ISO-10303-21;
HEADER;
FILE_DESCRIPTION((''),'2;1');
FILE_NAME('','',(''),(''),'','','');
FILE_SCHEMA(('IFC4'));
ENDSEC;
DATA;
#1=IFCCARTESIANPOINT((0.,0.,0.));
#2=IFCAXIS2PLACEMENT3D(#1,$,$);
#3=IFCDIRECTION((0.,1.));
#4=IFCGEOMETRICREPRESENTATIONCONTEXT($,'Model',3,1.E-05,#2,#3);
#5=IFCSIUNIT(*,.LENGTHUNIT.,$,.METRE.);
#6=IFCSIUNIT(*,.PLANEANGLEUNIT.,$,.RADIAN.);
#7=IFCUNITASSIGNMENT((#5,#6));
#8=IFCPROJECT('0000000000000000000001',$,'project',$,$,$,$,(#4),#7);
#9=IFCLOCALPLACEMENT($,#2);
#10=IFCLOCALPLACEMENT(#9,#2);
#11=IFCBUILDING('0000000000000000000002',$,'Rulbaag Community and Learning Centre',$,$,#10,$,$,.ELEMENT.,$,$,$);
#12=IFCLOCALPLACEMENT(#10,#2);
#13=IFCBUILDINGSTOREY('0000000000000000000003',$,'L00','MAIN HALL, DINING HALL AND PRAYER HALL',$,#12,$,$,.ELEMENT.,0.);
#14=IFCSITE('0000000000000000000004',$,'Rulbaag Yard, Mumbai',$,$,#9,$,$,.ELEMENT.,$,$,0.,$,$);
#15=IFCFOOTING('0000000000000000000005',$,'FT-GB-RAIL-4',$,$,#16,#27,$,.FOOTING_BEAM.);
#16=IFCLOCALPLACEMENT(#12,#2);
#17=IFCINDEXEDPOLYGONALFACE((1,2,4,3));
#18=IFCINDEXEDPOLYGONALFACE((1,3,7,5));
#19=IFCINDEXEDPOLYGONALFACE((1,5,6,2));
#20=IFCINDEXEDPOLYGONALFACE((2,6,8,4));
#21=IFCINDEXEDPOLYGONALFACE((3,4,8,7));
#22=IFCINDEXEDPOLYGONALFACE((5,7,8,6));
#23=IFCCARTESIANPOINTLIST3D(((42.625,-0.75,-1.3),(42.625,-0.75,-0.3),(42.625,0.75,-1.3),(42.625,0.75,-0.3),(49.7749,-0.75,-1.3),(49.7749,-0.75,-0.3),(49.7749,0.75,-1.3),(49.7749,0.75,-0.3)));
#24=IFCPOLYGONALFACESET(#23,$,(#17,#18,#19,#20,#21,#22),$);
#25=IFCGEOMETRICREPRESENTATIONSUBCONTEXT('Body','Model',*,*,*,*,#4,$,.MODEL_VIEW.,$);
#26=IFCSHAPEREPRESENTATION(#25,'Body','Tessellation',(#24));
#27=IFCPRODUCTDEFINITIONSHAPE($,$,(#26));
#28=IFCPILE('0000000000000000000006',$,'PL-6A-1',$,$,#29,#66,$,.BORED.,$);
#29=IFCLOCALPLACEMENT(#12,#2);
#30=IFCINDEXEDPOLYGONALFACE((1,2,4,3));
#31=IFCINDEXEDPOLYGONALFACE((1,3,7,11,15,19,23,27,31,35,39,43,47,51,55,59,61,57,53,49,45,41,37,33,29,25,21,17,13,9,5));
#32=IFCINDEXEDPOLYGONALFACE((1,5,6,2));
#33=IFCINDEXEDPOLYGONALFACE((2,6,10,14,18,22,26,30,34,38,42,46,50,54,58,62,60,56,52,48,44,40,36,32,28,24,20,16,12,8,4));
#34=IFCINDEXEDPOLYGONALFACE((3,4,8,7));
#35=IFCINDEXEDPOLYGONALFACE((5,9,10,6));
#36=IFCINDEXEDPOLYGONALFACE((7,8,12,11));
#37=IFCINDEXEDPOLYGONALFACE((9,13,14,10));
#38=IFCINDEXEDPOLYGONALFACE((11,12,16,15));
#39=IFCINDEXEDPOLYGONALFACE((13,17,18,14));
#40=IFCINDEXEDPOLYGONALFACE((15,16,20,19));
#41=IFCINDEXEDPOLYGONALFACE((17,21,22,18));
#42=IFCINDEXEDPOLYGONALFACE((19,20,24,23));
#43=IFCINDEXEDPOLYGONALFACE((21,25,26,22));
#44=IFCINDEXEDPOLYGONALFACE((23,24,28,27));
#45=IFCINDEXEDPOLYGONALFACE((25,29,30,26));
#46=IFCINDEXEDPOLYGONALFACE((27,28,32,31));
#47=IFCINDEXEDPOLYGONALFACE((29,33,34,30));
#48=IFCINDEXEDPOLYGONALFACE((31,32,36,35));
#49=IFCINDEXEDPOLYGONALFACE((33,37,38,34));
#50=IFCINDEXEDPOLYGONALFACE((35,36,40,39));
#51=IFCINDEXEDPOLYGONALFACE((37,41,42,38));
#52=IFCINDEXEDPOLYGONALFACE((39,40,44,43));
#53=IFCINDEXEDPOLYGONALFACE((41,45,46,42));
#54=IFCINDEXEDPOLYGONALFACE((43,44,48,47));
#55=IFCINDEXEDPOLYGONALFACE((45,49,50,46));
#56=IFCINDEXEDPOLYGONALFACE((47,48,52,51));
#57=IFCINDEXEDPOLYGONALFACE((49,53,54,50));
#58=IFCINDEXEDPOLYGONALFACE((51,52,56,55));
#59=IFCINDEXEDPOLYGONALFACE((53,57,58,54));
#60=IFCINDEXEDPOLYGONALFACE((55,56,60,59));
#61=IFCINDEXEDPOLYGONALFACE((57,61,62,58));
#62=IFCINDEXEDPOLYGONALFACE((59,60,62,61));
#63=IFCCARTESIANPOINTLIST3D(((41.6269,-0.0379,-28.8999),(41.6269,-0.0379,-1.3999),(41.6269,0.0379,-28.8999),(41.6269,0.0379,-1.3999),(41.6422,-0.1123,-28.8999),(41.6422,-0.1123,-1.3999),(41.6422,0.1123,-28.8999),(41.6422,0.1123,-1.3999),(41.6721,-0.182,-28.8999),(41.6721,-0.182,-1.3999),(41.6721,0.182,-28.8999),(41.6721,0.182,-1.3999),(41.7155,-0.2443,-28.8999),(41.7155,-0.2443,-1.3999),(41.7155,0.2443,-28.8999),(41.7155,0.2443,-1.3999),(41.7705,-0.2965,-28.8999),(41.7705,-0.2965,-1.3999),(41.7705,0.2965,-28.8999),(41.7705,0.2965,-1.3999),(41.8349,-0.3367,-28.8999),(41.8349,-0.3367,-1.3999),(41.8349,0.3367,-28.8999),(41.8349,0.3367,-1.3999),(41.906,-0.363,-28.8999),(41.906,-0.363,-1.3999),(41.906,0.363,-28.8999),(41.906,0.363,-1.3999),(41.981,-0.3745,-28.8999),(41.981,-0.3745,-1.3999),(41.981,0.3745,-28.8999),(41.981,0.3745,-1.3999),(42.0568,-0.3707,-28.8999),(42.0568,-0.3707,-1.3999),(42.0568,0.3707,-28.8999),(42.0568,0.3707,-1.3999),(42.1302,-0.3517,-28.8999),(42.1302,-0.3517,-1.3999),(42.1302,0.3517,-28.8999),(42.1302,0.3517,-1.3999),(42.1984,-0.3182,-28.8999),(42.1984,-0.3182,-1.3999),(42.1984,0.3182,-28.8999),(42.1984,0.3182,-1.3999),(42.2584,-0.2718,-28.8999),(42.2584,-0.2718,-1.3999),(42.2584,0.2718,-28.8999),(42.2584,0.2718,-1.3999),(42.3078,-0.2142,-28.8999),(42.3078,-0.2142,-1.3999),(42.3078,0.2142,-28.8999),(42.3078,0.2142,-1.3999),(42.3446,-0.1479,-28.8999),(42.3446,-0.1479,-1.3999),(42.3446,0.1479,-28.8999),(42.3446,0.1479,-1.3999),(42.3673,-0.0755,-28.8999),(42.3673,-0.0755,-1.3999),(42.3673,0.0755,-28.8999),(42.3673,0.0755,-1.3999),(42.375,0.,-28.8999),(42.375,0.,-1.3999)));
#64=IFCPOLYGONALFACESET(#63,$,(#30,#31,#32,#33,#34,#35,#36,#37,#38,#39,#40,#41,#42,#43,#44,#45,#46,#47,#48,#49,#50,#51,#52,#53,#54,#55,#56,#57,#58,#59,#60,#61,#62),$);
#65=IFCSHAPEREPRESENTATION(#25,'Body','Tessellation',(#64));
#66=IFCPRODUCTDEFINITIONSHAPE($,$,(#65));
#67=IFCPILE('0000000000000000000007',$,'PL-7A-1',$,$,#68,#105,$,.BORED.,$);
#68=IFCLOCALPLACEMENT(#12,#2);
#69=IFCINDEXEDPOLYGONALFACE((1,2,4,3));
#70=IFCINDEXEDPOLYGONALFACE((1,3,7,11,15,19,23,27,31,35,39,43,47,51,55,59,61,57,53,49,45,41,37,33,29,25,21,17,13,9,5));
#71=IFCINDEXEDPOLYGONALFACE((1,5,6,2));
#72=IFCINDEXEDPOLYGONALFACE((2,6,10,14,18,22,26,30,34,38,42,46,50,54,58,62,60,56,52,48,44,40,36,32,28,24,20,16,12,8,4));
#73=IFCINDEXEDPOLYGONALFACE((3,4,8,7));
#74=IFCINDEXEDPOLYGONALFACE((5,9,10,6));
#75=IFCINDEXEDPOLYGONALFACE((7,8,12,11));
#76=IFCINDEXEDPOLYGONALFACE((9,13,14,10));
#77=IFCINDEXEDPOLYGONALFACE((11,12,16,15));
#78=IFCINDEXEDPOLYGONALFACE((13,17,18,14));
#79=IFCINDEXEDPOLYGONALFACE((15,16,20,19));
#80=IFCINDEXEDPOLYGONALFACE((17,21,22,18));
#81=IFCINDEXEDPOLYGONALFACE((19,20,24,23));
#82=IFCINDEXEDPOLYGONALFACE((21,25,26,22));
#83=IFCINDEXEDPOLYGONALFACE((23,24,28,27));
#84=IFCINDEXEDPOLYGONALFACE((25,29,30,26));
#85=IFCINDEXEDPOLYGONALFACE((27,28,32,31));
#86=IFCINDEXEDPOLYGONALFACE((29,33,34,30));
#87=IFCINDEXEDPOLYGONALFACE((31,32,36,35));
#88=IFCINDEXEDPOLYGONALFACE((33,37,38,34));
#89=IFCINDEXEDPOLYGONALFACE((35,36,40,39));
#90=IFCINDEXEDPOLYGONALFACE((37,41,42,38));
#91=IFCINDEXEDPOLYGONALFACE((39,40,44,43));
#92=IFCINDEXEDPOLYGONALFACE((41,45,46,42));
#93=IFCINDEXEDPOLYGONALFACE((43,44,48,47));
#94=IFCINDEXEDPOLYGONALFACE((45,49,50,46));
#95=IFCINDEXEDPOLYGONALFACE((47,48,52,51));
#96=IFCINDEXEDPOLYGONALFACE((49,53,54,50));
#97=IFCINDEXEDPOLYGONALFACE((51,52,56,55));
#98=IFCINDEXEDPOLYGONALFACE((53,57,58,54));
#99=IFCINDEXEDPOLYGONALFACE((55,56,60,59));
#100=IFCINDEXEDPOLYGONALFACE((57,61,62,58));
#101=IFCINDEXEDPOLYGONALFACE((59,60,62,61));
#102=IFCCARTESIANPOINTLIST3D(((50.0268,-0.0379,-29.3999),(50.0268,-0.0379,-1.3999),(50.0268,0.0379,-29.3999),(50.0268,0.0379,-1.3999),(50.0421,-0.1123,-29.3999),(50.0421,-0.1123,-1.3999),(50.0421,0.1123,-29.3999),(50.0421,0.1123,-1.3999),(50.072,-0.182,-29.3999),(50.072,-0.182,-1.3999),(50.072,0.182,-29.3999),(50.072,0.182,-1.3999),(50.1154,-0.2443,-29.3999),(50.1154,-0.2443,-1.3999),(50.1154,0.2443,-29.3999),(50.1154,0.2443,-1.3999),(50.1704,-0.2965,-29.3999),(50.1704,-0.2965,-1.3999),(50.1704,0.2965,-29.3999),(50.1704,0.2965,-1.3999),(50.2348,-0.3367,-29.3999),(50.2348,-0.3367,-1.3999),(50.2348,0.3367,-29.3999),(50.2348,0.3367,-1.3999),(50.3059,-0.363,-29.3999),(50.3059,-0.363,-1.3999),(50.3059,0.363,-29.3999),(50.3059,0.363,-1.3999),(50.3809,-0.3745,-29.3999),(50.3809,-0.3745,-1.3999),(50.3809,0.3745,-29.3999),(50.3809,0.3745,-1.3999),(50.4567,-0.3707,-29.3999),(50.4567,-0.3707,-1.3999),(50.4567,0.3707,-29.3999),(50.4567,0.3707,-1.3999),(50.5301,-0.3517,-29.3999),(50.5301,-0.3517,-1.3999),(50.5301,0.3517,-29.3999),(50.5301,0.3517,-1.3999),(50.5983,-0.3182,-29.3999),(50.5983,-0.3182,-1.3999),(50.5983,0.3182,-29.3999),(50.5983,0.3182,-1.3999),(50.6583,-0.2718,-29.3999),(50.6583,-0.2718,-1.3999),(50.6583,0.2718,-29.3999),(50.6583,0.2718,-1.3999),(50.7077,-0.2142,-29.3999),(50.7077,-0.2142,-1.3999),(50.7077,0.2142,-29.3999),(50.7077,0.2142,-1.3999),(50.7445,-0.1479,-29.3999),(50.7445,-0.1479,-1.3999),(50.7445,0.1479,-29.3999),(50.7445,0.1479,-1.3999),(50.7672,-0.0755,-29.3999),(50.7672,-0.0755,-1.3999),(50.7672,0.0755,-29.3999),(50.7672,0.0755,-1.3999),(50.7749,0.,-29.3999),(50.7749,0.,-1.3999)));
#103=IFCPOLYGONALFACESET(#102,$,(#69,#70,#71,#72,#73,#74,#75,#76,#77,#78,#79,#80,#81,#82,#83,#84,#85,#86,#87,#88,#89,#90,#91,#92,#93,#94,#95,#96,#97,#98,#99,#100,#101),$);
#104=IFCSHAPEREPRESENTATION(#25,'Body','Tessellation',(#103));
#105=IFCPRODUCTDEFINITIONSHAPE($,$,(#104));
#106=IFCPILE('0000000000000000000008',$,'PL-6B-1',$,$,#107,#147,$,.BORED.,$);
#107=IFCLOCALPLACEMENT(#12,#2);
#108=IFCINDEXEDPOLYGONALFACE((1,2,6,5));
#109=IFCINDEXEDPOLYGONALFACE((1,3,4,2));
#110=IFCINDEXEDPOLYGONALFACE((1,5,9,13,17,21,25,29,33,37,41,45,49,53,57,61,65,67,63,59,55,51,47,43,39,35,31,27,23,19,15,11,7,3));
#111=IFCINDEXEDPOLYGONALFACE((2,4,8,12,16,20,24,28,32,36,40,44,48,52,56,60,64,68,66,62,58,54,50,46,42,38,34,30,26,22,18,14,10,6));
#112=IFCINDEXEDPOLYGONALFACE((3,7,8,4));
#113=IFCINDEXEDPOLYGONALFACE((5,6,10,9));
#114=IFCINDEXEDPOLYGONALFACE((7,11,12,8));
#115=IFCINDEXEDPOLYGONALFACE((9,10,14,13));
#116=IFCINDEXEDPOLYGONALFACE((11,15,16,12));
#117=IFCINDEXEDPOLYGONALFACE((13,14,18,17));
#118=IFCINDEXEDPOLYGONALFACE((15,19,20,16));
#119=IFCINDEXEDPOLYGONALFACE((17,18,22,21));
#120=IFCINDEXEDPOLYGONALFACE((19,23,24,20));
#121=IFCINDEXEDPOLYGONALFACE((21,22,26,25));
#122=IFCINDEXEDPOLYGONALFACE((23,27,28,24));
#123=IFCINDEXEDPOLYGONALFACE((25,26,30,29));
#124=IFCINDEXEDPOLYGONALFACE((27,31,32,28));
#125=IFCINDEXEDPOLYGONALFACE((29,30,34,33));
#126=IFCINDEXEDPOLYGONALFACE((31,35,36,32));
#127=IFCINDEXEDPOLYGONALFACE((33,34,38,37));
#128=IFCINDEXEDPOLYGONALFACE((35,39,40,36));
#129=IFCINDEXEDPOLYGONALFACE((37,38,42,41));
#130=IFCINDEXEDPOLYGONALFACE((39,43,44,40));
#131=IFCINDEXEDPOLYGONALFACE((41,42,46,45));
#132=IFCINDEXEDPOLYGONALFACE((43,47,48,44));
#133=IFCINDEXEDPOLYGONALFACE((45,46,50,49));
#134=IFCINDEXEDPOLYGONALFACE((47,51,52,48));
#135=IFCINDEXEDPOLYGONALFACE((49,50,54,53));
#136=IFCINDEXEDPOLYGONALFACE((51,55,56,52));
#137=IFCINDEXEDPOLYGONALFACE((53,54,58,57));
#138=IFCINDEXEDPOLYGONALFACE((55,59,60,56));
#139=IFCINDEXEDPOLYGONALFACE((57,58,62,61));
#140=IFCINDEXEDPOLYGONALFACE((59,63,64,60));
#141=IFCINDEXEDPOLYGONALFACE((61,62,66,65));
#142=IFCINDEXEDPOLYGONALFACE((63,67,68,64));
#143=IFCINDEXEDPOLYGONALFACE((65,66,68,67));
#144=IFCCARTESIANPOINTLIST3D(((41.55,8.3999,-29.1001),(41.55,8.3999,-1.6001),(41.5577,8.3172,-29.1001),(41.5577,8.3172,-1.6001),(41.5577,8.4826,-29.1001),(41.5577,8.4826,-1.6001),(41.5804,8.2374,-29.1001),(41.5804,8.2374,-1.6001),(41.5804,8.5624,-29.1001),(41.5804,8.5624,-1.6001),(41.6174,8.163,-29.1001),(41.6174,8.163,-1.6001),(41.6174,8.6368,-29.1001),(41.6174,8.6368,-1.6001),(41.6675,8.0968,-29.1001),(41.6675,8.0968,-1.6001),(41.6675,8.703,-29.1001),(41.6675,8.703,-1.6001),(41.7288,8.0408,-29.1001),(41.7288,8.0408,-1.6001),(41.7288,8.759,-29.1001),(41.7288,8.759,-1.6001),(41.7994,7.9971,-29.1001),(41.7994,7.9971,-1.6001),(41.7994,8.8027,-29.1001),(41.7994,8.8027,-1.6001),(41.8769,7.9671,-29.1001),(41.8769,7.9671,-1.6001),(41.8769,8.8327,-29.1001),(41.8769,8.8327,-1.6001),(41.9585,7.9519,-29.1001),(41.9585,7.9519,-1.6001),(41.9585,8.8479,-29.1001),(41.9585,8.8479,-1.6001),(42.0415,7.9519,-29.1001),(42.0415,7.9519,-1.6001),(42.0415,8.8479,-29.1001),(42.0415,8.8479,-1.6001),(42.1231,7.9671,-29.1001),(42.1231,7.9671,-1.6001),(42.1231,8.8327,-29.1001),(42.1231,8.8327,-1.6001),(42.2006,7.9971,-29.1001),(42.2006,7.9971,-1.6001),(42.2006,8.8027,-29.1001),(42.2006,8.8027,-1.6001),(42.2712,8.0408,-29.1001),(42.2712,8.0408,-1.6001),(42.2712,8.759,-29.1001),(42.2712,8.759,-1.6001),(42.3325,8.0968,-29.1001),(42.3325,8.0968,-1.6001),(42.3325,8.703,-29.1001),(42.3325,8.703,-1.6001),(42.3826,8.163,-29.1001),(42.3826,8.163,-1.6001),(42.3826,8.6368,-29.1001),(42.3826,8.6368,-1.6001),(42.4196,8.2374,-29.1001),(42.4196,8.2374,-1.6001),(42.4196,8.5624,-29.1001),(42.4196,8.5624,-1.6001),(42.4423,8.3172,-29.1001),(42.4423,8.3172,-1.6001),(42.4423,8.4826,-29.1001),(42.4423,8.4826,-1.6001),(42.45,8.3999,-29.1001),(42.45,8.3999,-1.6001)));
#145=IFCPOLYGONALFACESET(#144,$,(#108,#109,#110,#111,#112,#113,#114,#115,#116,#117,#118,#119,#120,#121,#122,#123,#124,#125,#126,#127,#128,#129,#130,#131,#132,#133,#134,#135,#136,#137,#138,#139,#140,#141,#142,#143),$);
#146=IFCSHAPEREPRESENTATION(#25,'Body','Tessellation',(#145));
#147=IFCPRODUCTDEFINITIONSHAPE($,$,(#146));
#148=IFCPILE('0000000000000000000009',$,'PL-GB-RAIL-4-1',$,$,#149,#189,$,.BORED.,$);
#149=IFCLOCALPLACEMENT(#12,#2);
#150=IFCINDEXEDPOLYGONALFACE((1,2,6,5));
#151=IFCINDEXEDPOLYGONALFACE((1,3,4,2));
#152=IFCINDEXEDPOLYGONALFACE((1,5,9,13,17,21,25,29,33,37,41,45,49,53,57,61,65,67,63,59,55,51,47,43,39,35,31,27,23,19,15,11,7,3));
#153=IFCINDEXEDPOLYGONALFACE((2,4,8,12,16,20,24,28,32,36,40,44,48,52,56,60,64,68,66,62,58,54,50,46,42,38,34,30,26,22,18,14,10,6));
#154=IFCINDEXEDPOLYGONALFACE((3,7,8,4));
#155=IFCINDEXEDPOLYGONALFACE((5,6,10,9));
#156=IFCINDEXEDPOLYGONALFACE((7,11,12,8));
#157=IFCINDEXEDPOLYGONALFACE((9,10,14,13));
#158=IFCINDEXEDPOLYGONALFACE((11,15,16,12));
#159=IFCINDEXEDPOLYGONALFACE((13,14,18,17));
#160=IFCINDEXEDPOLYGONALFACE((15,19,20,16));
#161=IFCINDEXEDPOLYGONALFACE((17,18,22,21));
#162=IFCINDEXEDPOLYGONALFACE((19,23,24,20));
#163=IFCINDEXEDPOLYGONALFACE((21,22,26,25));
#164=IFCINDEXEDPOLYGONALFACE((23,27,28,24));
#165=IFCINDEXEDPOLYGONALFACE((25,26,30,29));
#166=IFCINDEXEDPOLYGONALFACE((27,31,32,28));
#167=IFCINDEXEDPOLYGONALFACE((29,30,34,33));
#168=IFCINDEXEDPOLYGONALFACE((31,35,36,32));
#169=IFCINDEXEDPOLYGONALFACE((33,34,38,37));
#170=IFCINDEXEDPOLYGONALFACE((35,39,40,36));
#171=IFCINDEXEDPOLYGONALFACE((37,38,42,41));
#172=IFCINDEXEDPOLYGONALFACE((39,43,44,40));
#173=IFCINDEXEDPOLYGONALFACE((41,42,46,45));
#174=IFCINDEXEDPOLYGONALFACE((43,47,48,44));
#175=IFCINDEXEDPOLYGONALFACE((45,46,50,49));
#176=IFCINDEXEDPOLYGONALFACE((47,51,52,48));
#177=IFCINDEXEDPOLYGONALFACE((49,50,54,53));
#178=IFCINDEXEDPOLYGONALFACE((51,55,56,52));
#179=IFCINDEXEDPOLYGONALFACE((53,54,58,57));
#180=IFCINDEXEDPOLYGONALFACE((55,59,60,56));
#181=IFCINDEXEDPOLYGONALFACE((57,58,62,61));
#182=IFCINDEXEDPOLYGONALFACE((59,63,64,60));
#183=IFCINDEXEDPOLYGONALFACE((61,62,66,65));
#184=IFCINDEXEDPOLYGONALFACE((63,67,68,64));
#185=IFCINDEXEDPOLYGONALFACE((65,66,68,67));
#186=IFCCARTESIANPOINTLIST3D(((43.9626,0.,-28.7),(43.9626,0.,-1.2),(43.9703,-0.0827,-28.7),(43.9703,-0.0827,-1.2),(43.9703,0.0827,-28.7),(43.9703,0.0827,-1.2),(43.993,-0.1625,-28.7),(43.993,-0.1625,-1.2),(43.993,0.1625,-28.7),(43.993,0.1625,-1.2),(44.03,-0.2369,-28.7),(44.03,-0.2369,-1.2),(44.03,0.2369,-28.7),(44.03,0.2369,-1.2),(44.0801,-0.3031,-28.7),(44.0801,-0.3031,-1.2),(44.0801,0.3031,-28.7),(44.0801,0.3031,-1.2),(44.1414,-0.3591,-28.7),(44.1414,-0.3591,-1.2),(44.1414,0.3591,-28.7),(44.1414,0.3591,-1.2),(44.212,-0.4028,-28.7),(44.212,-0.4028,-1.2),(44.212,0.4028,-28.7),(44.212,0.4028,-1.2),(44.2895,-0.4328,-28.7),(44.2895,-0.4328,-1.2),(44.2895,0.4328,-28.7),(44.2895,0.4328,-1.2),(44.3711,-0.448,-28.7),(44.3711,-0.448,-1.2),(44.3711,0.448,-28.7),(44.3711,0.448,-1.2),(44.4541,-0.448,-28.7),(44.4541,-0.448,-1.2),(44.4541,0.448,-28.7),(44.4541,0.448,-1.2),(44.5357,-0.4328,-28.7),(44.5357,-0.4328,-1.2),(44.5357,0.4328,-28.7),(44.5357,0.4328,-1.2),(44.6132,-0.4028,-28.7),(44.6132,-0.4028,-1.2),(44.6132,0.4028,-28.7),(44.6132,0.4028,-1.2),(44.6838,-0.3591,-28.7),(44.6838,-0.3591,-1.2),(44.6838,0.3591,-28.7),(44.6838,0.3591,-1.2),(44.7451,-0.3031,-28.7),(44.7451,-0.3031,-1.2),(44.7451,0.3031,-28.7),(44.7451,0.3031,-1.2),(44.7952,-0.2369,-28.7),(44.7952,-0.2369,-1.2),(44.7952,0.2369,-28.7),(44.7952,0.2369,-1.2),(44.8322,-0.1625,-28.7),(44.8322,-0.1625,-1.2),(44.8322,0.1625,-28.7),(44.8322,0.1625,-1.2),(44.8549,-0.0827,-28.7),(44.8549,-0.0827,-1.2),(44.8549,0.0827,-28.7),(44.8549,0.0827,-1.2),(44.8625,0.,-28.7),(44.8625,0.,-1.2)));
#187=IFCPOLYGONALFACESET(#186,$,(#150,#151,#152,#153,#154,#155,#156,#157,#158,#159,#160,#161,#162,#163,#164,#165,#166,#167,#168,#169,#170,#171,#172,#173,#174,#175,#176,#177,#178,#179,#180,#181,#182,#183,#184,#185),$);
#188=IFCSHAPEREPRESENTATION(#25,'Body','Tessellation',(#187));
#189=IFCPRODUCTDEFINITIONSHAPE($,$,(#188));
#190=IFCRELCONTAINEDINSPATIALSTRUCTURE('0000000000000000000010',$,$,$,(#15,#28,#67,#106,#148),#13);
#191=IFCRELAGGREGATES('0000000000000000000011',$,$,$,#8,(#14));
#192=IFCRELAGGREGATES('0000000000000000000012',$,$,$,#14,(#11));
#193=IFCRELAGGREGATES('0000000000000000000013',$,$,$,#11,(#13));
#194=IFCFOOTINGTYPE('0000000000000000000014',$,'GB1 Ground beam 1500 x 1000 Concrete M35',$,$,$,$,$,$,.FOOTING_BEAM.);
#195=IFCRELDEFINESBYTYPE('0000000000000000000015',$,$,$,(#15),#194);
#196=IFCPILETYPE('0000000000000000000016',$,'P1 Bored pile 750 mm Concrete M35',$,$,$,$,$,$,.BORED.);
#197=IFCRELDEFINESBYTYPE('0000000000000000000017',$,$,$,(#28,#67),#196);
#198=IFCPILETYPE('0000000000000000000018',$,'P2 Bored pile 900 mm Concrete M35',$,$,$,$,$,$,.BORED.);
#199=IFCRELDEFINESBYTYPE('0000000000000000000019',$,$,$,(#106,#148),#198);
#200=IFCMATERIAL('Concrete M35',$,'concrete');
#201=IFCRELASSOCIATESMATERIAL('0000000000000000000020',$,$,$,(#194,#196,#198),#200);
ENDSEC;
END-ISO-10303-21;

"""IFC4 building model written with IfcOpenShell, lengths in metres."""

from ifc_helpers import new_model, si_unit, direction, frame, origin, origin_2d, place, context, subcontext, project, spatial, rectangle, circle, extrude, material, material_profile, profile_set, type_object, element, save


model = new_model("IFC4")

# Units and contexts
model_context = context("Model", 3, precision=1e-05, world=origin(), true_north=direction((0.0, 1.0)))
body_context = subcontext(model_context, "Body", "Model", "MODEL_VIEW")
ifc_project = project(units=[si_unit("LENGTHUNIT", "METRE"), si_unit("PLANEANGLEUNIT", "RADIAN")], contexts=[model_context])

# Site, building, storey
site_placement = place(None, origin())
site = spatial("IfcSite", under=ifc_project, at=site_placement, Name="Rulbaag Yard, Mumbai", CompositionType="ELEMENT", RefElevation=0.0)
building_placement = place(site_placement, origin())
building = spatial("IfcBuilding", under=site, at=building_placement, Name="Rulbaag Community and Learning Centre", CompositionType="ELEMENT")
storey_placement = place(building_placement, origin())
storey = spatial("IfcBuildingStorey", under=building, at=storey_placement, Name="L00", Description="MAIN HALL, DINING HALL AND PRAYER HALL", CompositionType="ELEMENT", Elevation=0.0)

# Footing
ifc_material_1 = material(Name="Concrete M35", Category="concrete")
footing_type_1 = type_object("IfcFootingType", Name="GB1 Ground beam 1500 x 1000 Concrete M35", PredefinedType="FOOTING_BEAM", material=ifc_material_1)
footing_1_placement = place(storey_placement, frame((46.2, 0.0, -1.3), z_axis=(0.0, 0.0, 1.0), x_axis=(1.0, 0.0, 0.0)))
element("IfcFooting", 1, at=footing_1_placement, inside=storey, type_object=footing_type_1, Name="FT-GB-RAIL-4", PredefinedType="FOOTING_BEAM", context=body_context, shape_type="SweptSolid", body=[
    extrude(rectangle(XDim=7.1499, YDim=1.5, at=origin_2d()), origin(), (0.0, 0.0, 1.0), 1.0),
])

# Piles
ifc_material_profile_1 = material_profile(ifc_material_1, circle(Radius=0.375, at=origin_2d()), Name="BP750")
ifc_profile_set_1 = profile_set([ifc_material_profile_1], Name="Concrete M35")
pile_type_1 = type_object("IfcPileType", Name="P1 Bored pile 750 mm Concrete M35", PredefinedType="BORED", material=ifc_profile_set_1)
pile_1_placement = place(storey_placement, frame((42.0, 0.0, -1.3999), z_axis=(0.0, 0.0, -1.0), x_axis=(1.0, 0.0, 0.0)))
element("IfcPile", 2, at=pile_1_placement, inside=storey, type_object=pile_type_1, Name="PL-6A-1", PredefinedType="BORED", context=body_context, shape_type="SweptSolid", body=[
    extrude(circle(Radius=0.375, at=origin_2d()), origin(), (0.0, 0.0, 1.0), 27.5),
])
pile_2_placement = place(storey_placement, frame((50.3999, 0.0, -1.3999), z_axis=(0.0, 0.0, -1.0), x_axis=(1.0, 0.0, 0.0)))
element("IfcPile", 3, at=pile_2_placement, inside=storey, type_object=pile_type_1, Name="PL-7A-1", PredefinedType="BORED", context=body_context, shape_type="SweptSolid", body=[
    extrude(circle(Radius=0.375, at=origin_2d()), origin(), (0.0, 0.0, 1.0), 28.0),
])
ifc_material_profile_2 = material_profile(ifc_material_1, circle(Radius=0.45, at=origin_2d()), Name="BP900")
ifc_profile_set_2 = profile_set([ifc_material_profile_2], Name="Concrete M35")
pile_type_2 = type_object("IfcPileType", Name="P2 Bored pile 900 mm Concrete M35", PredefinedType="BORED", material=ifc_profile_set_2)
for number, where, z_axis, x_axis, name in (
    (4, (42.0, 8.3999, -1.6001), (0.0, 0.0, -1.0), (1.0, 0.0, 0.0), "PL-6B-1"),
    (5, (44.4126, 0.0, -1.2), (0.0, 0.0, -1.0), (1.0, 0.0, 0.0), "PL-GB-RAIL-4-1"),
):
    element("IfcPile", number, at=place(storey_placement, frame(where, z_axis=z_axis, x_axis=x_axis)), inside=storey, type_object=pile_type_2, Name=name, PredefinedType="BORED", context=body_context, shape_type="SweptSolid", body=[
        extrude(circle(Radius=0.45, at=origin_2d()), origin(), (0.0, 0.0, 1.0), 27.5),
    ])

save(model, "model.ifc")
